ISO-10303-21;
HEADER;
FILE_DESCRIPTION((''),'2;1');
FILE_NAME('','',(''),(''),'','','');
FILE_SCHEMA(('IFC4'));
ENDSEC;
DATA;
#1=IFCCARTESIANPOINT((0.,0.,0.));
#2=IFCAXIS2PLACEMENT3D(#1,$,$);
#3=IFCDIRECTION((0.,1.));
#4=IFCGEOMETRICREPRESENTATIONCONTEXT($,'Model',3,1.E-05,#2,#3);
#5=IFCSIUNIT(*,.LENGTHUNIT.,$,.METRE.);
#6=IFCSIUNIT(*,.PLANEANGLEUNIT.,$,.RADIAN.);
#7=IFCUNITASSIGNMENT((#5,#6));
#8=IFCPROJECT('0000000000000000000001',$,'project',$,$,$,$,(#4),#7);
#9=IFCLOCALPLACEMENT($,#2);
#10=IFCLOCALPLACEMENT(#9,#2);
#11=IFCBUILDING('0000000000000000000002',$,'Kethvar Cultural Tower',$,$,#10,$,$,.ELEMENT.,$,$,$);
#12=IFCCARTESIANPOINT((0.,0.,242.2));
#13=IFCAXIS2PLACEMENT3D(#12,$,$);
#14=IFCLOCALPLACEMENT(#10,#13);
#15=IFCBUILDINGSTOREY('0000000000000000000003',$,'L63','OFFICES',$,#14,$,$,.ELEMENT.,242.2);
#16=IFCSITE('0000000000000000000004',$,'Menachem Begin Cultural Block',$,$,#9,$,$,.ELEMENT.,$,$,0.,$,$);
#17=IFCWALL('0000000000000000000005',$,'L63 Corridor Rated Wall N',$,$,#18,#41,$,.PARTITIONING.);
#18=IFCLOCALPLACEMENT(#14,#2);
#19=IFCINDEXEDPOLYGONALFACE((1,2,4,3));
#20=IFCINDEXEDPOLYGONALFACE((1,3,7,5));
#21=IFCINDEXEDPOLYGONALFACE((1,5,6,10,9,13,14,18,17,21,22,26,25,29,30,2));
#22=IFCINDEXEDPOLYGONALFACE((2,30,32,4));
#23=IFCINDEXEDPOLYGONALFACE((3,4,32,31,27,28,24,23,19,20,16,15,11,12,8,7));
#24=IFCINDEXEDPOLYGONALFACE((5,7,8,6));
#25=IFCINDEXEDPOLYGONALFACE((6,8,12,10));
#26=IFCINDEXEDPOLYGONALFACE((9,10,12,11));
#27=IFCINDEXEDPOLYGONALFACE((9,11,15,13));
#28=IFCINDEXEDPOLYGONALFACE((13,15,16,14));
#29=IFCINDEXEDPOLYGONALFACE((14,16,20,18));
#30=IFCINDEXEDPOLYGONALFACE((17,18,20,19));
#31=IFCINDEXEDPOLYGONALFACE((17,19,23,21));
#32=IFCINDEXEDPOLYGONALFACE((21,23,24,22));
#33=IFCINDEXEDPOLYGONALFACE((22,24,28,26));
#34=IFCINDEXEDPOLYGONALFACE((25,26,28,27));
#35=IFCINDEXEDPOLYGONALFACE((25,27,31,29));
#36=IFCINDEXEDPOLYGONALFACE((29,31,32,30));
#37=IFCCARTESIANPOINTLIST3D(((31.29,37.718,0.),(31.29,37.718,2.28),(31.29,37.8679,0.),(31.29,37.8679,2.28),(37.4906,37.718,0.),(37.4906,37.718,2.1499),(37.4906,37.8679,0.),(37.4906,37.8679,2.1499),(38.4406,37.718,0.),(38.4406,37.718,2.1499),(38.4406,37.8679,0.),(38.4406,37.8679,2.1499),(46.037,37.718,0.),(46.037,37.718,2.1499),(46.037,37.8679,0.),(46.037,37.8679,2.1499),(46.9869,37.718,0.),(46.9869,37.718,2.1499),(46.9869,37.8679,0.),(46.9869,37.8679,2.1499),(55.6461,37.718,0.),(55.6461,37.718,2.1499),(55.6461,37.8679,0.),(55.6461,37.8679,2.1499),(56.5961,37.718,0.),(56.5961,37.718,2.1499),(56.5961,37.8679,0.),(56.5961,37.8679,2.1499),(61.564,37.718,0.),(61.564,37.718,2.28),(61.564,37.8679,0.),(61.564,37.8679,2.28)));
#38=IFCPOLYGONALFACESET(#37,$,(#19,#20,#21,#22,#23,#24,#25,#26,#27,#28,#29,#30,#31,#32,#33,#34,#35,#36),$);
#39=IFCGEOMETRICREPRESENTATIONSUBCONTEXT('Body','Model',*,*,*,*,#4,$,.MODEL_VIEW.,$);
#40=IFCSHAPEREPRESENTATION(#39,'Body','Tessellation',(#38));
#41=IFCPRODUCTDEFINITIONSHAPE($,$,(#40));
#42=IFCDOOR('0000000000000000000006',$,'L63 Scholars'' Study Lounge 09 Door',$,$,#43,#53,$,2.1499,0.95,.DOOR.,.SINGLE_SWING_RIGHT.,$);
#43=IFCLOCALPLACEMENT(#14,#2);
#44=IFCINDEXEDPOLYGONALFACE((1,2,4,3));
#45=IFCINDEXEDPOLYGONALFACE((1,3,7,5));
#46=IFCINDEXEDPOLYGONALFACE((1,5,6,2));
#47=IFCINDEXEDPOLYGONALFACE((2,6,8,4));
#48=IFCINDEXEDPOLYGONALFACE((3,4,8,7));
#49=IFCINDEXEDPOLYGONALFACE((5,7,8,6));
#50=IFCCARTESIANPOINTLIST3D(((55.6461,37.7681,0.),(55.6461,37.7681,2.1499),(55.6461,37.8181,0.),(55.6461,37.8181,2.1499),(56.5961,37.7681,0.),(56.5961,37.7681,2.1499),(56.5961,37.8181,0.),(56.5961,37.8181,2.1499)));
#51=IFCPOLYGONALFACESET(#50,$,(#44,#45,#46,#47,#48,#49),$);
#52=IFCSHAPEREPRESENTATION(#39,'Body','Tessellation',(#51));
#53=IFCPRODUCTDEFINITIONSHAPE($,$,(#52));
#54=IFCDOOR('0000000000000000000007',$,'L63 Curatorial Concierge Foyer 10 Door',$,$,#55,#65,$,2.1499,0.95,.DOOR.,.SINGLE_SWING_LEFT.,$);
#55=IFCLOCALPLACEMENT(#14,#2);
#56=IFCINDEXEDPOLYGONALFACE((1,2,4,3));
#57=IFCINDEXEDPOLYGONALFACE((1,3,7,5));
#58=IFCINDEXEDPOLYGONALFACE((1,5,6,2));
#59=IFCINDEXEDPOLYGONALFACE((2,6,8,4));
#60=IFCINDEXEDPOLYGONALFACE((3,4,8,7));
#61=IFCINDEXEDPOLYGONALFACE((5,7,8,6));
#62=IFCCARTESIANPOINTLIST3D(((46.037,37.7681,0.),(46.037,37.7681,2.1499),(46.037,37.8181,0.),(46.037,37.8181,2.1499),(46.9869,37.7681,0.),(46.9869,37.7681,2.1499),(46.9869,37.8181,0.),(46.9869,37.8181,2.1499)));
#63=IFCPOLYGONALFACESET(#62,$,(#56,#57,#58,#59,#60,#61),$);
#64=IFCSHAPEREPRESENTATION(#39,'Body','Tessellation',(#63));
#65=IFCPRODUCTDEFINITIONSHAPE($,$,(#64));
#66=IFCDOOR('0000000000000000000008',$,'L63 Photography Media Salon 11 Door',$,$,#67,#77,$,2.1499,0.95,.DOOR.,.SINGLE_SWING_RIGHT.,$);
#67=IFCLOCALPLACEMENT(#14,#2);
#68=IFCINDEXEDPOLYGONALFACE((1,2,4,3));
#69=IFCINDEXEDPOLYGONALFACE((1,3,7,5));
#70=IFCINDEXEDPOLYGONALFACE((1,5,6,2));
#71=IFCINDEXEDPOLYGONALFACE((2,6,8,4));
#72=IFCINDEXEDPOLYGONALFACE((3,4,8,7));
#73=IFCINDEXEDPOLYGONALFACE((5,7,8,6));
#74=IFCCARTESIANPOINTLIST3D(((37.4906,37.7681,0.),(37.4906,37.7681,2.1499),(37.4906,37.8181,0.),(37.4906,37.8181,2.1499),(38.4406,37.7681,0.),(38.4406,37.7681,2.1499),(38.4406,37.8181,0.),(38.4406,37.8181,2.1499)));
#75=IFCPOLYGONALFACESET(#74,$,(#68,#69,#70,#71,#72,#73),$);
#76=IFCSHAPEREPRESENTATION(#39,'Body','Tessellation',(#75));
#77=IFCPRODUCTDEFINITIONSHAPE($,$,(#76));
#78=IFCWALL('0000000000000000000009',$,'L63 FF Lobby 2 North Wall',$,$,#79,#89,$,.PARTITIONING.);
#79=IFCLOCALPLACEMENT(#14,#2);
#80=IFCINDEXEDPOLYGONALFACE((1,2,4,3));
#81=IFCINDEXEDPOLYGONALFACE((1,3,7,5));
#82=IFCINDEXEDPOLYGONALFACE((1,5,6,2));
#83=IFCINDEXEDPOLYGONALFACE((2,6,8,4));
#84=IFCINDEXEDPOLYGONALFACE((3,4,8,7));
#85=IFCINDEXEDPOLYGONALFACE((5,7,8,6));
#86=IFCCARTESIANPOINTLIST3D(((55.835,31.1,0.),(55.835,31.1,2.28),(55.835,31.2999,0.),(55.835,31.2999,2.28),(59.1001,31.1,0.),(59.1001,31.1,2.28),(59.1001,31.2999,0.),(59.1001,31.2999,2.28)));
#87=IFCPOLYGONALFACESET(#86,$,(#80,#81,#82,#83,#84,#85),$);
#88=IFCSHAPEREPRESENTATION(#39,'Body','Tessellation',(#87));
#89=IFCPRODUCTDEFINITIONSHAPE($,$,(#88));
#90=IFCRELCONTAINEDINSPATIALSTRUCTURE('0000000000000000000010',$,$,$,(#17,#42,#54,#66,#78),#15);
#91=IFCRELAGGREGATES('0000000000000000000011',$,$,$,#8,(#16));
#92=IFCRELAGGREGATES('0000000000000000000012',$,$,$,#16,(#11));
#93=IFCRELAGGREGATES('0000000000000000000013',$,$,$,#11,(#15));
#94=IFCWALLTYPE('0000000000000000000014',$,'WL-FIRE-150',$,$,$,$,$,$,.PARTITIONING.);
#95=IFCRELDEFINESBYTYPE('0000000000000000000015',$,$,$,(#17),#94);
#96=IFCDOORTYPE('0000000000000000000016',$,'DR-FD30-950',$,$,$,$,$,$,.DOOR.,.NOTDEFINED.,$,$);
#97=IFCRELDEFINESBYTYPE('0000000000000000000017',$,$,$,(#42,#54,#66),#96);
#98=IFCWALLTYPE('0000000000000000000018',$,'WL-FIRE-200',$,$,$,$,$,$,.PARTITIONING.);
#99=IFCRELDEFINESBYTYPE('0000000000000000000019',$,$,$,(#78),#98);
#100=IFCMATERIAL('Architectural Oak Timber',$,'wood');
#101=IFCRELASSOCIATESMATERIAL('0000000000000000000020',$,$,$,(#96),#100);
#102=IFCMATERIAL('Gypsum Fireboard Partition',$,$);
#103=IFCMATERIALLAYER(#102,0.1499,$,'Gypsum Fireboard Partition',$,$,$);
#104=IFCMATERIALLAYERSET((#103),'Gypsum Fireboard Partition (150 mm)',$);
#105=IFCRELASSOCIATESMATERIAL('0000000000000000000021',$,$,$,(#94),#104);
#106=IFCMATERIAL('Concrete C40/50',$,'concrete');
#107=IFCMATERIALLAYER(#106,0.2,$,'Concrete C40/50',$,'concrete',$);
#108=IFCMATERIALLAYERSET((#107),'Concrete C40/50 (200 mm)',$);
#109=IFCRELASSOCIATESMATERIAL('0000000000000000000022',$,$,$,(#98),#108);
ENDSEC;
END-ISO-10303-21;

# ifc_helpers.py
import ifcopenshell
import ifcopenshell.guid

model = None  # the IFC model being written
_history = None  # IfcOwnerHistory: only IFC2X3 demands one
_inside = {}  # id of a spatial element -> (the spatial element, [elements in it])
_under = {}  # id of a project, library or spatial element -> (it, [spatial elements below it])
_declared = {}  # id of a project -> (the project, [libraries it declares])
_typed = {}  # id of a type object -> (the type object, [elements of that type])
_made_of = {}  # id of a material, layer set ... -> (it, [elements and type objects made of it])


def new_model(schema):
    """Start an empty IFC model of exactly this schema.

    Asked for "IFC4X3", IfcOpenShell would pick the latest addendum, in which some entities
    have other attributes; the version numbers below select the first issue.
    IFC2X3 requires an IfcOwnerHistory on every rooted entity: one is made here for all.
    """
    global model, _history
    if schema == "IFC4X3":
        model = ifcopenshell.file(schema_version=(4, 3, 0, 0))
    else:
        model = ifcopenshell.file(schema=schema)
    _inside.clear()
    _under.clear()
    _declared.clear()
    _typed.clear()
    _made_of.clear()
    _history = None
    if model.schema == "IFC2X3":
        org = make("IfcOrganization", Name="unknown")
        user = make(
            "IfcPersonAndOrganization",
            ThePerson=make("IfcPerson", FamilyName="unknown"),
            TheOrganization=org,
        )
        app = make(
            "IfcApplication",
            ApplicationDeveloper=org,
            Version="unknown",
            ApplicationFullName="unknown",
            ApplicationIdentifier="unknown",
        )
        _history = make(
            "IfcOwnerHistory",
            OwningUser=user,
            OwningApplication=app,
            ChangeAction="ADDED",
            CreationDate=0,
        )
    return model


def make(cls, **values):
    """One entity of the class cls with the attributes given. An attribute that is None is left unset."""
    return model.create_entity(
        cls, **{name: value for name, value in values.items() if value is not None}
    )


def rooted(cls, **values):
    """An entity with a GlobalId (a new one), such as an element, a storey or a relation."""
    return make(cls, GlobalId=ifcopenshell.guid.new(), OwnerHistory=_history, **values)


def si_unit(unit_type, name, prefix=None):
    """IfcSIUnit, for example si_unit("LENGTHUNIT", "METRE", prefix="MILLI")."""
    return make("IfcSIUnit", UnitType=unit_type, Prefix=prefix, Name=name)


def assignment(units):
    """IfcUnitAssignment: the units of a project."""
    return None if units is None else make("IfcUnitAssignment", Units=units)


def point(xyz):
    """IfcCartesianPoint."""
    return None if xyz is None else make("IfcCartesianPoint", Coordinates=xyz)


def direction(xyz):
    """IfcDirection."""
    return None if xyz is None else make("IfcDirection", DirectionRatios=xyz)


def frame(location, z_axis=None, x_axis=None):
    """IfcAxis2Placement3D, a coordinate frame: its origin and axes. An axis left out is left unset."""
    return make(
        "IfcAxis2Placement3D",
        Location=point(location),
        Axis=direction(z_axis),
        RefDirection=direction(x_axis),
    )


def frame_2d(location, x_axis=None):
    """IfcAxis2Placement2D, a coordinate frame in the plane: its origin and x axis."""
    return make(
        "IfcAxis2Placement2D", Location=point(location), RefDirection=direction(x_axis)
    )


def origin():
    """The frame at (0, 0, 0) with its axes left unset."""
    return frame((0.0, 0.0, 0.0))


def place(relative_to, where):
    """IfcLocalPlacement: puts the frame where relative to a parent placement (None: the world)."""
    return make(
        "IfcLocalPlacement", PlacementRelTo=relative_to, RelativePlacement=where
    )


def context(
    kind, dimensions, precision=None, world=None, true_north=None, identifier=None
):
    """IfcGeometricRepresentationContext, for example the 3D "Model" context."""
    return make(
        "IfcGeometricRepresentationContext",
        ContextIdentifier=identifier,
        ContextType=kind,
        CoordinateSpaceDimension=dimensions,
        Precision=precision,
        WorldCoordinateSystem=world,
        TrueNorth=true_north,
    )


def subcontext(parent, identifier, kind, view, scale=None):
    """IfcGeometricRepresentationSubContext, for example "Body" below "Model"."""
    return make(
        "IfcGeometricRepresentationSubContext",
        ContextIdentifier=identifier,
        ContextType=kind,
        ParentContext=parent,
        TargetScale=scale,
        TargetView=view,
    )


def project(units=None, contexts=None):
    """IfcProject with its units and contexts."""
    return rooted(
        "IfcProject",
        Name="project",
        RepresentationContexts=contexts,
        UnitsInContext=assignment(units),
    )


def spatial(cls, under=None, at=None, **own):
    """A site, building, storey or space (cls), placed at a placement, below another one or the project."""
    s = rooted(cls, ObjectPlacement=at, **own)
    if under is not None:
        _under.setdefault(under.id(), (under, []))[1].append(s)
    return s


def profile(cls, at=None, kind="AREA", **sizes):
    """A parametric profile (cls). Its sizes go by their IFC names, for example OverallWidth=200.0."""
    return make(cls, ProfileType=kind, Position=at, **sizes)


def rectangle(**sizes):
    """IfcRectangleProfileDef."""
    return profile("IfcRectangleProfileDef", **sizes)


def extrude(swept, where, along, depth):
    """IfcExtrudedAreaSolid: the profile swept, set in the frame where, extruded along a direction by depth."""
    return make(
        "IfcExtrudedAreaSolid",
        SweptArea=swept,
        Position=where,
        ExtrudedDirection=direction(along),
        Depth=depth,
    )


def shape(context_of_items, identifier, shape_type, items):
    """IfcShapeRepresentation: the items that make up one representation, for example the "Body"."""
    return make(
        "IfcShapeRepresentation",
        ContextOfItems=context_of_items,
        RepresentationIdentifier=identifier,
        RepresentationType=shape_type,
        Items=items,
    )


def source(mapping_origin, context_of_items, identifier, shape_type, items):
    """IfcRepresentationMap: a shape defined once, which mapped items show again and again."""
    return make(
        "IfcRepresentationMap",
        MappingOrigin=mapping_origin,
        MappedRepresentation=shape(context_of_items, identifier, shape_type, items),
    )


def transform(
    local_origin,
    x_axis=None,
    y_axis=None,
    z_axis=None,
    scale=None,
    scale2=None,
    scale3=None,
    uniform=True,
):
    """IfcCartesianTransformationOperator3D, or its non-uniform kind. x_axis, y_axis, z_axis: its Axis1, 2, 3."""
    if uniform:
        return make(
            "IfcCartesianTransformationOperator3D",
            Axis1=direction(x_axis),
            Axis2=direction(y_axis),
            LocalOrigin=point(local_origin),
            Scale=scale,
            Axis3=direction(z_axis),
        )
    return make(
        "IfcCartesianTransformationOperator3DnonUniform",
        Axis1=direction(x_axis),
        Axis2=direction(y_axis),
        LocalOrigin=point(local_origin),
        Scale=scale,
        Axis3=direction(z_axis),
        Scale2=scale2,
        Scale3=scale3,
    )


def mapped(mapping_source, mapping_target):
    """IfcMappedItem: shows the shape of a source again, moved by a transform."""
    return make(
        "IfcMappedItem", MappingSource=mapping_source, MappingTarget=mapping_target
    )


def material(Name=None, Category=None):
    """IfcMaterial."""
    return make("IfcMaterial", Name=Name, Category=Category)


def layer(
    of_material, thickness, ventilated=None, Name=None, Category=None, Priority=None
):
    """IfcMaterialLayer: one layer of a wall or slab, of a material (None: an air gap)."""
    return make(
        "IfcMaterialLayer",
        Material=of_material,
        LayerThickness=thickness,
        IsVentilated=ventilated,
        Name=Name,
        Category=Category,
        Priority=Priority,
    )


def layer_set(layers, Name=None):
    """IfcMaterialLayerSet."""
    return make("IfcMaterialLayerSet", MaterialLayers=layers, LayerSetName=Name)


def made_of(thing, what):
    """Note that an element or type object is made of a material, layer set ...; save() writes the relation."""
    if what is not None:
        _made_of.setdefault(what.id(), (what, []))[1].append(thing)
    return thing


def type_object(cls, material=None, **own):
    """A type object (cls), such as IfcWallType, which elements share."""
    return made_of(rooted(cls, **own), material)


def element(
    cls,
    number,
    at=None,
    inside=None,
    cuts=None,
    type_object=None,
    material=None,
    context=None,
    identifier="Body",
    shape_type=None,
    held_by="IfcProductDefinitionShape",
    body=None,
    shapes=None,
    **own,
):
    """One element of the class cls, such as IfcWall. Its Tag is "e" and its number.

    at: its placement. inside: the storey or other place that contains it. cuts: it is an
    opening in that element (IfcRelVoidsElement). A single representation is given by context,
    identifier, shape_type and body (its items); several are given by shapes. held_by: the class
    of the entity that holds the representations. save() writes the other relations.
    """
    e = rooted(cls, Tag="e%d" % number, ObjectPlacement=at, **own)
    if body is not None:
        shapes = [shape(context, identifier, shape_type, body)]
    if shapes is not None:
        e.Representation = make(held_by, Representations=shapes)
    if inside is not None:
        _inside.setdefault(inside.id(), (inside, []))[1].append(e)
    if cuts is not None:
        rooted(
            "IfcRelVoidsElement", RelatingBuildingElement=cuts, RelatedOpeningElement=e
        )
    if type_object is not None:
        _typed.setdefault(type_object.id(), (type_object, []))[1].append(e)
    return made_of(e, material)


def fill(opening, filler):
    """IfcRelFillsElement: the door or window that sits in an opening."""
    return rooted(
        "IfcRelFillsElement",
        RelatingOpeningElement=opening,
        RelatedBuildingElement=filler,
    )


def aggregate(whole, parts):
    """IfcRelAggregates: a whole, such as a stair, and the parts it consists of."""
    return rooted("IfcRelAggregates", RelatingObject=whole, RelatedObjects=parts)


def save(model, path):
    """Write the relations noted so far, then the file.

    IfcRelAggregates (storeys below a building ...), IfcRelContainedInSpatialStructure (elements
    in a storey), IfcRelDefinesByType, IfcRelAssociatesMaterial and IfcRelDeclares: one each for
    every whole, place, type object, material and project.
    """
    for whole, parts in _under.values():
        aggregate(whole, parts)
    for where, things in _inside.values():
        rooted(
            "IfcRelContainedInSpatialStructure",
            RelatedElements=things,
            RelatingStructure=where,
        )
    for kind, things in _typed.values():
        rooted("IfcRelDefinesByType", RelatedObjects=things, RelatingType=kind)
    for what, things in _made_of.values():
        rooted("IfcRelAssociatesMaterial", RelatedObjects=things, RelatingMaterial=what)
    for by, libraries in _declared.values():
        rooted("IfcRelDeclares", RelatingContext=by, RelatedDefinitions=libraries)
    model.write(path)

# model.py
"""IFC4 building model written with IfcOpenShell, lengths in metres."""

from ifc_helpers import new_model, si_unit, direction, frame, frame_2d, origin, place, context, subcontext, project, spatial, rectangle, extrude, source, transform, mapped, material, layer, layer_set, type_object, element, fill, save


model = new_model("IFC4")

# Units and contexts
model_context = context("Model", 3, precision=1e-05, world=origin(), true_north=direction((0.0, 1.0)))
body_context = subcontext(model_context, "Body", "Model", "MODEL_VIEW")
ifc_project = project(units=[si_unit("LENGTHUNIT", "METRE"), si_unit("PLANEANGLEUNIT", "RADIAN")], contexts=[model_context])

# Site, building, storey
site_placement = place(None, origin())
site = spatial("IfcSite", under=ifc_project, at=site_placement, Name="Menachem Begin Cultural Block", CompositionType="ELEMENT", RefElevation=0.0)
building_placement = place(site_placement, origin())
building = spatial("IfcBuilding", under=site, at=building_placement, Name="Kethvar Cultural Tower", CompositionType="ELEMENT")
storey_placement = place(building_placement, frame((0.0, 0.0, 242.2)))
storey = spatial("IfcBuildingStorey", under=building, at=storey_placement, Name="L63", Description="OFFICES", CompositionType="ELEMENT", Elevation=242.2)

# Wall, openings, doors
ifc_material_1 = material(Name="Architectural Oak Timber", Category="wood")
door_type_1 = type_object("IfcDoorType", Name="DR-FD30-950", OperationType="NOTDEFINED", PredefinedType="DOOR", material=ifc_material_1)
shared_shape_1 = source(origin(), body_context, "Body", "SweptSolid", [
    extrude(rectangle(XDim=0.95, YDim=2.1499, at=frame_2d((0.4751, 1.075))), frame((0.0, 0.0249, 0.0), z_axis=(0.0, -1.0, 0.0), x_axis=(1.0, 0.0, 0.0)), (0.0, 0.0, 1.0), 0.05),
])
ifc_material_2 = material(Name="Gypsum Fireboard Partition")
ifc_layer_1 = layer(ifc_material_2, 0.1499, Name="Gypsum Fireboard Partition")
ifc_layer_set_1 = layer_set([ifc_layer_1], Name="Gypsum Fireboard Partition (150 mm)")
wall_type_1 = type_object("IfcWallType", Name="WL-FIRE-150", PredefinedType="PARTITIONING", material=ifc_layer_set_1)
wall_1_placement = place(storey_placement, frame((61.564, 37.793, 0.0), z_axis=(0.0, 0.0, 1.0), x_axis=(-1.0, 0.0, 0.0)))
wall_1 = element("IfcWall", 1, at=wall_1_placement, inside=storey, type_object=wall_type_1, Name="L63 Corridor Rated Wall N", PredefinedType="PARTITIONING", context=body_context, shape_type="SweptSolid", body=[
    extrude(rectangle(XDim=30.2739, YDim=0.1499, at=frame_2d((15.137, 0.0))), origin(), (0.0, 0.0, 1.0), 2.28),
])
opening_1_placement = place(wall_1_placement, frame((4.9678, 0.0, 0.0)))
opening_1 = element("IfcOpeningElement", 2, at=opening_1_placement, cuts=wall_1, PredefinedType="OPENING", context=body_context, shape_type="SweptSolid", body=[
    extrude(rectangle(XDim=0.95, YDim=2.1499, at=frame_2d((0.4751, 1.075))), frame((0.0, 0.085, 0.0), z_axis=(0.0, -1.0, 0.0), x_axis=(1.0, 0.0, 0.0)), (0.0, 0.0, 1.0), 0.1699),
])
opening_2_placement = place(wall_1_placement, frame((14.5769, 0.0, 0.0)))
opening_2 = element("IfcOpeningElement", 3, at=opening_2_placement, cuts=wall_1, PredefinedType="OPENING", context=body_context, shape_type="SweptSolid", body=[
    extrude(rectangle(XDim=0.95, YDim=2.1499, at=frame_2d((0.4751, 1.075))), frame((0.0, 0.085, 0.0), z_axis=(0.0, -1.0, 0.0), x_axis=(1.0, 0.0, 0.0)), (0.0, 0.0, 1.0), 0.1699),
])
opening_3_placement = place(wall_1_placement, frame((23.1233, 0.0, 0.0)))
opening_3 = element("IfcOpeningElement", 4, at=opening_3_placement, cuts=wall_1, PredefinedType="OPENING", context=body_context, shape_type="SweptSolid", body=[
    extrude(rectangle(XDim=0.95, YDim=2.1499, at=frame_2d((0.4751, 1.075))), frame((0.0, 0.085, 0.0), z_axis=(0.0, -1.0, 0.0), x_axis=(1.0, 0.0, 0.0)), (0.0, 0.0, 1.0), 0.1699),
])
door_1_placement = place(opening_1_placement, origin())
door_1 = element("IfcDoor", 5, at=door_1_placement, inside=storey, type_object=door_type_1, Name="L63 Scholars' Study Lounge 09 Door", OperationType="SINGLE_SWING_RIGHT", OverallHeight=2.1499, OverallWidth=0.95, PredefinedType="DOOR", context=body_context, shape_type="MappedRepresentation", body=[
    mapped(shared_shape_1, transform((0.0, 0.0, 0.0), scale=1.0)),
])
fill(opening_1, door_1)
door_2_placement = place(opening_2_placement, origin())
door_2 = element("IfcDoor", 6, at=door_2_placement, inside=storey, type_object=door_type_1, Name="L63 Curatorial Concierge Foyer 10 Door", OperationType="SINGLE_SWING_LEFT", OverallHeight=2.1499, OverallWidth=0.95, PredefinedType="DOOR", context=body_context, shape_type="MappedRepresentation", body=[
    mapped(shared_shape_1, transform((0.0, 0.0, 0.0), scale=1.0)),
])
fill(opening_2, door_2)
door_3_placement = place(opening_3_placement, origin())
door_3 = element("IfcDoor", 7, at=door_3_placement, inside=storey, type_object=door_type_1, Name="L63 Photography Media Salon 11 Door", OperationType="SINGLE_SWING_RIGHT", OverallHeight=2.1499, OverallWidth=0.95, PredefinedType="DOOR", context=body_context, shape_type="MappedRepresentation", body=[
    mapped(shared_shape_1, transform((0.0, 0.0, 0.0), scale=1.0)),
])
fill(opening_3, door_3)

# Wall
ifc_material_3 = material(Name="Concrete C40/50", Category="concrete")
ifc_layer_2 = layer(ifc_material_3, 0.2, Name="Concrete C40/50", Category="concrete")
ifc_layer_set_2 = layer_set([ifc_layer_2], Name="Concrete C40/50 (200 mm)")
wall_type_2 = type_object("IfcWallType", Name="WL-FIRE-200", PredefinedType="PARTITIONING", material=ifc_layer_set_2)
wall_2_placement = place(storey_placement, frame((55.835, 31.2, 0.0), z_axis=(0.0, 0.0, 1.0), x_axis=(1.0, 0.0, 0.0)))
element("IfcWall", 8, at=wall_2_placement, inside=storey, type_object=wall_type_2, Name="L63 FF Lobby 2 North Wall", PredefinedType="PARTITIONING", context=body_context, shape_type="SweptSolid", body=[
    extrude(rectangle(XDim=3.2651, YDim=0.2, at=frame_2d((1.6326, 0.0))), origin(), (0.0, 0.0, 1.0), 2.28),
])

save(model, "model.ifc")
